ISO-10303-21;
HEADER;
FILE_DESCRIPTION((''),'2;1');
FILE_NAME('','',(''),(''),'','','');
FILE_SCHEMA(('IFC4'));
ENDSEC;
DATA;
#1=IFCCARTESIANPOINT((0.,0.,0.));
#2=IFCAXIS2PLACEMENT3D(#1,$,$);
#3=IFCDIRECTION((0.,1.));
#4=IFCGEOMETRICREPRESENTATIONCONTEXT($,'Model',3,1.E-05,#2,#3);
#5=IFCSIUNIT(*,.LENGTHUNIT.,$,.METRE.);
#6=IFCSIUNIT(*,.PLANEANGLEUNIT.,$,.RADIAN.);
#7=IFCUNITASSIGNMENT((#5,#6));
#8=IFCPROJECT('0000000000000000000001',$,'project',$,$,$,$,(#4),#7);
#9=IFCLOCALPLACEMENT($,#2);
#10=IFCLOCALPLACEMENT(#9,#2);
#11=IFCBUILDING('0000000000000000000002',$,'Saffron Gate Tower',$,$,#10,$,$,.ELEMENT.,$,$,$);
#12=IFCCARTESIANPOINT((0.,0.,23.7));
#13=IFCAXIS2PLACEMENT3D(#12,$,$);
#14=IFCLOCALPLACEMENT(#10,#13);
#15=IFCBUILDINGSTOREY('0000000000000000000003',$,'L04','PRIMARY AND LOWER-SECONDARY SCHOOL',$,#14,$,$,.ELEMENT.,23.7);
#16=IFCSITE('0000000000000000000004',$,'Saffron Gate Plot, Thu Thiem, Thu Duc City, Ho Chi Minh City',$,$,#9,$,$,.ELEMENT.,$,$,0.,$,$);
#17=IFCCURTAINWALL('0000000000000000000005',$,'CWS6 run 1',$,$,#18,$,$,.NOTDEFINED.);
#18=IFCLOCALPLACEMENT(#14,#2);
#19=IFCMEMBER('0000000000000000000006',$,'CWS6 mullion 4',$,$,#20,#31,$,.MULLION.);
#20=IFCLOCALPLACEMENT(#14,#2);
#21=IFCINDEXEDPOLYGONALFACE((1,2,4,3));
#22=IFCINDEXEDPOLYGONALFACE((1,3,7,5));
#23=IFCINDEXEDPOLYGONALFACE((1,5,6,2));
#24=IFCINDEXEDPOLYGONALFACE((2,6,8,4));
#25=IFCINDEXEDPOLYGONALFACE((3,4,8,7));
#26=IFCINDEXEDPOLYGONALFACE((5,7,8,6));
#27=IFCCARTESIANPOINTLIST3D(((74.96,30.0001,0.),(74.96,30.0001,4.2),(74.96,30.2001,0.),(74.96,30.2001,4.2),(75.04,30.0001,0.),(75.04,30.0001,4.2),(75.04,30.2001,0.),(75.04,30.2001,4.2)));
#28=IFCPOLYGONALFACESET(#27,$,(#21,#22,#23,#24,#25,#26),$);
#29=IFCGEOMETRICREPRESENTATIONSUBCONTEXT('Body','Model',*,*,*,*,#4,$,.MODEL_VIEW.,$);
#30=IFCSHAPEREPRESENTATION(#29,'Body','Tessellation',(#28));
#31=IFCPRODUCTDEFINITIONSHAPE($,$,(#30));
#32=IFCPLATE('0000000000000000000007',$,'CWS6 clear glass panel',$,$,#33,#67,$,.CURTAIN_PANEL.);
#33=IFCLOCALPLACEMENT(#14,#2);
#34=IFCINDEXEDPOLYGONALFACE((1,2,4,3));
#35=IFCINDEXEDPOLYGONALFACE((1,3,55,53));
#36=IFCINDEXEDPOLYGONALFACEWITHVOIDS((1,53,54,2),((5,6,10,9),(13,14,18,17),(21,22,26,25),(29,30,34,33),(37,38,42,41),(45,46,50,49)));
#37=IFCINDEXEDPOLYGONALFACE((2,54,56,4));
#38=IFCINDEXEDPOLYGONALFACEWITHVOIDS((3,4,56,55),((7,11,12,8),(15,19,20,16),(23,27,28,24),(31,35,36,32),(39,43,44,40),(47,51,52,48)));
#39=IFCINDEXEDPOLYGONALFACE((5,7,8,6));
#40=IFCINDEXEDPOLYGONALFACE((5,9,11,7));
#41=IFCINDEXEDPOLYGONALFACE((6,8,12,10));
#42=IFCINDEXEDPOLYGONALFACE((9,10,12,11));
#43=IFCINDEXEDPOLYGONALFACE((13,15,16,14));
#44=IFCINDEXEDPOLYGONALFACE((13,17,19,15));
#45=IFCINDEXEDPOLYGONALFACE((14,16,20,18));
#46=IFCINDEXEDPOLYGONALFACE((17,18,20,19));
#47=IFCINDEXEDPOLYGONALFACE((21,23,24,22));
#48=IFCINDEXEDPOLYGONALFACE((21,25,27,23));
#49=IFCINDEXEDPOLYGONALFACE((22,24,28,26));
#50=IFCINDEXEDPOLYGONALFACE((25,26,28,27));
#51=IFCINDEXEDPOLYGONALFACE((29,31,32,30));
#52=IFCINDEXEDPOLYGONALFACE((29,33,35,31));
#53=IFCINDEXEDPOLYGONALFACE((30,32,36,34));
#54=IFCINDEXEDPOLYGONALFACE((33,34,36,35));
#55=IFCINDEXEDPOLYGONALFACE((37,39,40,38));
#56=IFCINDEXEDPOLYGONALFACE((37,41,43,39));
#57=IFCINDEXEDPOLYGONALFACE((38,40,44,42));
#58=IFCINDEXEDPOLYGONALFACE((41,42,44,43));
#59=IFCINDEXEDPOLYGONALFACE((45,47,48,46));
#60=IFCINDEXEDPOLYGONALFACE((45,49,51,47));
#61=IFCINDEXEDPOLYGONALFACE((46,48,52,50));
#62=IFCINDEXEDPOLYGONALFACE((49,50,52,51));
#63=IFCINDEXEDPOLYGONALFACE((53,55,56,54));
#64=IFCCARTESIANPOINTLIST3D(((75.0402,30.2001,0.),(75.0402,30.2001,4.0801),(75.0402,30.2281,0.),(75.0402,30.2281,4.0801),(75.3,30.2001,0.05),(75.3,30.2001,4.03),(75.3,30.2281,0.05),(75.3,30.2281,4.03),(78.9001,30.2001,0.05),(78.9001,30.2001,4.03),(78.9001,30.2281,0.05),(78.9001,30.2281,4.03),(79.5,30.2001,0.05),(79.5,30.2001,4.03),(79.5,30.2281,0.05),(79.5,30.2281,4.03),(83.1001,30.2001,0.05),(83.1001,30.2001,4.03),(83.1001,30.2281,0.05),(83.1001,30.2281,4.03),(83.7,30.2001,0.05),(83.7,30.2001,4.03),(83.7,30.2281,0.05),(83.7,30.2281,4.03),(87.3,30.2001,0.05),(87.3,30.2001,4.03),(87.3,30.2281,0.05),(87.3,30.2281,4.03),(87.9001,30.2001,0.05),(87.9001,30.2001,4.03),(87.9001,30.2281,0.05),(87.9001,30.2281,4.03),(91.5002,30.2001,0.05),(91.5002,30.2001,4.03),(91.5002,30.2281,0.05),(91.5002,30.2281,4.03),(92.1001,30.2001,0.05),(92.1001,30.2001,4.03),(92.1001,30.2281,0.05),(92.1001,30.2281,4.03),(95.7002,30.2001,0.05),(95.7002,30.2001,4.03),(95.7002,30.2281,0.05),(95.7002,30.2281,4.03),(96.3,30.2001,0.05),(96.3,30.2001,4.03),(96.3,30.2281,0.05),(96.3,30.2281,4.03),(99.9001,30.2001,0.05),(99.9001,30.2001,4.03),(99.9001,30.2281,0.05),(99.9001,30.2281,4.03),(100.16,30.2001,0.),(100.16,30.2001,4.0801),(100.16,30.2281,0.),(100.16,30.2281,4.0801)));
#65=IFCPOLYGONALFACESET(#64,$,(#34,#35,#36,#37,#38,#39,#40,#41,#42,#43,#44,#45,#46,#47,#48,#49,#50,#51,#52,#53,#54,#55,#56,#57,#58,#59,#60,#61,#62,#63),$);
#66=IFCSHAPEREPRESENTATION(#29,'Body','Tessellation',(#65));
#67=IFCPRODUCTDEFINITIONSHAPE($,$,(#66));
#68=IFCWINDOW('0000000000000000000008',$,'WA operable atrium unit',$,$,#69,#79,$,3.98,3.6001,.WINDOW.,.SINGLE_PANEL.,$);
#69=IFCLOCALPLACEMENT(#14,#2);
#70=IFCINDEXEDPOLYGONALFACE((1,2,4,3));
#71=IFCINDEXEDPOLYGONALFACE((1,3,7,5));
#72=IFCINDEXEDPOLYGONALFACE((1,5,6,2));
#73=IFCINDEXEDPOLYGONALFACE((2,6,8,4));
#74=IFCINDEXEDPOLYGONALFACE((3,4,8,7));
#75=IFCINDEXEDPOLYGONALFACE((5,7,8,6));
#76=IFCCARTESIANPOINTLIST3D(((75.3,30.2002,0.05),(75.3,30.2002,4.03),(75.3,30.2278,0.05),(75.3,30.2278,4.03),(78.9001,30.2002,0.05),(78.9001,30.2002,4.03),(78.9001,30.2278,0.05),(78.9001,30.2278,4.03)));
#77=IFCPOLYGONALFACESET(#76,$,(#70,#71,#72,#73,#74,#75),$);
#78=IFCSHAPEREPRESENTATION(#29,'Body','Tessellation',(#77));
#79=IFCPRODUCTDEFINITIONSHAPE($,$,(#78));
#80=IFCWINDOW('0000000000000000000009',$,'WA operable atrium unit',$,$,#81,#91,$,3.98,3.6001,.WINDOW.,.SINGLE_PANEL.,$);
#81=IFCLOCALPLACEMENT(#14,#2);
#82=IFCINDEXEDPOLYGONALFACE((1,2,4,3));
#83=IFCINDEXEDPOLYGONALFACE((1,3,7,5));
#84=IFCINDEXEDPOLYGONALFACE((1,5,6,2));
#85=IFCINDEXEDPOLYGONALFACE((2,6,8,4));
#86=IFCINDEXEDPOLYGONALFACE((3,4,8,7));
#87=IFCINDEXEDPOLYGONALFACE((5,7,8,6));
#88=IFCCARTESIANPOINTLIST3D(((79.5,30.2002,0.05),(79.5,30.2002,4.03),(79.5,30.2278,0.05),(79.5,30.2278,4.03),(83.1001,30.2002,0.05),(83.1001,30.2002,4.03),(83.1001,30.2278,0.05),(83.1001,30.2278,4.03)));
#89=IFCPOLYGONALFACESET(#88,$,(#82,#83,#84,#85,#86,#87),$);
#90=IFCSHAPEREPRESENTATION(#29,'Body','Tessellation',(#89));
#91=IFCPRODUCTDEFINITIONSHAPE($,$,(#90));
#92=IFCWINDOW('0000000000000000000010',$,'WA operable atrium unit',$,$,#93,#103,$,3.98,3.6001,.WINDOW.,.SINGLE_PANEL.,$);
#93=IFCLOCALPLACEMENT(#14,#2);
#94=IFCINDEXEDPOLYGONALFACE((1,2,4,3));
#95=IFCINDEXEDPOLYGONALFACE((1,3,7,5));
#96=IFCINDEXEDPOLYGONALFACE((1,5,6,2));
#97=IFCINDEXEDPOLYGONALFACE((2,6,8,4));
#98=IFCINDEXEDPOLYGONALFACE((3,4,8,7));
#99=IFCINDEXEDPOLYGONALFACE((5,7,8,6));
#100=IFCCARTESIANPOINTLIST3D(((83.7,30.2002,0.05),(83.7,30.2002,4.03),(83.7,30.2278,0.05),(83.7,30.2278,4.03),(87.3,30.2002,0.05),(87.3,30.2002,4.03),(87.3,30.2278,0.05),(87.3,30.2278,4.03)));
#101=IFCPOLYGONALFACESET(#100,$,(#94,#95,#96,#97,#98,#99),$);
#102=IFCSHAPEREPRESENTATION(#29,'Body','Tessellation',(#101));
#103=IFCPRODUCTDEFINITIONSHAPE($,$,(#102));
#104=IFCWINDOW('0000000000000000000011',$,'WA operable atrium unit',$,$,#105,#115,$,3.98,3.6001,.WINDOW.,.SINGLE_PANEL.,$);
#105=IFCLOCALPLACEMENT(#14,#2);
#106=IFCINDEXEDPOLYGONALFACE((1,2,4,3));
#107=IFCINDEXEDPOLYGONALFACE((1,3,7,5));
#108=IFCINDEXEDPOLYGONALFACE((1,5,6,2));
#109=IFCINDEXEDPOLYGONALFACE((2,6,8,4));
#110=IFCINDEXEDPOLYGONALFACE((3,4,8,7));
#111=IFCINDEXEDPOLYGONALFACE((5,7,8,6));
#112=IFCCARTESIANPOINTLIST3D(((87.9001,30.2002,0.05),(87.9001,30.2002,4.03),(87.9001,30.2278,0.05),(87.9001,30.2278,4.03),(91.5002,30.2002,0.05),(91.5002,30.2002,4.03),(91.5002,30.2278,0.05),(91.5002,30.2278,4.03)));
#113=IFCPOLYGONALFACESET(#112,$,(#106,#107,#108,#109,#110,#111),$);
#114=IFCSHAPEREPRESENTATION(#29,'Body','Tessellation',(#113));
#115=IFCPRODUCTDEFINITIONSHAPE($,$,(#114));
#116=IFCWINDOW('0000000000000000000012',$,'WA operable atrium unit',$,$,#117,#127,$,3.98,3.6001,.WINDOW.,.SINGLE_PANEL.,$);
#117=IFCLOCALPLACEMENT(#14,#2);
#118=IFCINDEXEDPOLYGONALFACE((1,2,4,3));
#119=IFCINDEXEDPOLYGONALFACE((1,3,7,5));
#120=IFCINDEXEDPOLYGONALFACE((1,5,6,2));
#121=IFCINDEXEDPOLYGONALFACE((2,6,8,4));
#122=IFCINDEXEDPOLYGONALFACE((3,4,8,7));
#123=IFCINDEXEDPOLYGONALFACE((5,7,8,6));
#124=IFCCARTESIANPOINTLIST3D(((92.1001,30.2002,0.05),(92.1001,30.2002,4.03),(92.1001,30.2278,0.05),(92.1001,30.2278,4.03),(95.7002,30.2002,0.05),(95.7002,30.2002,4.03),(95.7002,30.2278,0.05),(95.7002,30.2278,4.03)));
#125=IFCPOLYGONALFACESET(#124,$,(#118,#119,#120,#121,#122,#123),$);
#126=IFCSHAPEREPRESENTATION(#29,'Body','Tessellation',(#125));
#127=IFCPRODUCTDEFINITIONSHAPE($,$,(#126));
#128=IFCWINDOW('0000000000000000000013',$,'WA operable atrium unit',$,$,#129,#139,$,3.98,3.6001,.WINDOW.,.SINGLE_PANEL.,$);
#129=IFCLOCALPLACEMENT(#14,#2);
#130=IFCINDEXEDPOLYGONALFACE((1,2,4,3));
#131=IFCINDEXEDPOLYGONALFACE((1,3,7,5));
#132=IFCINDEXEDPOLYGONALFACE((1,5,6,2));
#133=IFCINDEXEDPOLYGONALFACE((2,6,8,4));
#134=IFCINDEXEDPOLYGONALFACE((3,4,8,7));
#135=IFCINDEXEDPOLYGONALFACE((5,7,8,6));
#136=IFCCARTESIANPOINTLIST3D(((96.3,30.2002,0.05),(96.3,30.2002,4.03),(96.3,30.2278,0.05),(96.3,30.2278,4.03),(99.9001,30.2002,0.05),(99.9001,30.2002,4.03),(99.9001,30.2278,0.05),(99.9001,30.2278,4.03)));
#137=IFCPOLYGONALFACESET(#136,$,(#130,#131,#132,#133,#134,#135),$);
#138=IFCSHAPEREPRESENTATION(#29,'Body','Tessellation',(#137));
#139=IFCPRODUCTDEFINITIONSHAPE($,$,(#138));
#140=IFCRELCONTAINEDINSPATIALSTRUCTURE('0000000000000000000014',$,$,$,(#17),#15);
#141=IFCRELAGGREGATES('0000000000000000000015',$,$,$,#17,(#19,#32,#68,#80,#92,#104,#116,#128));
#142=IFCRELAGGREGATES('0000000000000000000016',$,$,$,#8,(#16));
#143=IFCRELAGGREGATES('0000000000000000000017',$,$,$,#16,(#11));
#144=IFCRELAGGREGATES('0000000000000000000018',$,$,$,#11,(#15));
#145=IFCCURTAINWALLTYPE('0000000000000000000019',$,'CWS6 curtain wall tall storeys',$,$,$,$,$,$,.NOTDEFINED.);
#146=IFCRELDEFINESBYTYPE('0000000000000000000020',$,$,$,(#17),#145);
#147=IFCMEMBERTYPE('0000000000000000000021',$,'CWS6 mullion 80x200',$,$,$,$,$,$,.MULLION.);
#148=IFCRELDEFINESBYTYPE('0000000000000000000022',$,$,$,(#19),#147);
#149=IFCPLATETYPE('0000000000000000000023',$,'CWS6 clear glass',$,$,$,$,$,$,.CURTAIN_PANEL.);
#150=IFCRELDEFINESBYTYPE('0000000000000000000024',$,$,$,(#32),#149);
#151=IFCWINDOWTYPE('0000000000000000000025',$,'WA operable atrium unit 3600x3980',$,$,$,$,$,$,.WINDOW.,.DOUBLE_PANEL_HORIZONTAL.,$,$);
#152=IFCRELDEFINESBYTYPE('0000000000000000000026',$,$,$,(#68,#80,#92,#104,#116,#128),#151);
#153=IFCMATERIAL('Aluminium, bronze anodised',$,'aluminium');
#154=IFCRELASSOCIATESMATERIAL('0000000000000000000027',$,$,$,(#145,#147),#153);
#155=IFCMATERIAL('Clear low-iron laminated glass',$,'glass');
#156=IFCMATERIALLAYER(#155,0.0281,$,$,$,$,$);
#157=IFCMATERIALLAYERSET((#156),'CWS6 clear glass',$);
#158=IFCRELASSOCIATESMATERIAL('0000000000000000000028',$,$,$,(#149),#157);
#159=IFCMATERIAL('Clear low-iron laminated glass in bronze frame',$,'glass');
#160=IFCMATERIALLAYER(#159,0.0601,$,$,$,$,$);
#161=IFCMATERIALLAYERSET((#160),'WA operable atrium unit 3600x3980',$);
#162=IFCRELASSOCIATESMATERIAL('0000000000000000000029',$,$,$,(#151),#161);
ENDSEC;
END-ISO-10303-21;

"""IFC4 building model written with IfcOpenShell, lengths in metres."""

from ifc_helpers import new_model, si_unit, direction, frame, frame_2d, origin, origin_2d, place, context, subcontext, project, spatial, rectangle, extrude, material, layer, layer_set, material_profile, profile_set, type_object, element, fill, aggregate, save


model = new_model("IFC4")

# Units and contexts
model_context = context("Model", 3, precision=1e-05, world=origin(), true_north=direction((0.0, 1.0)))
body_context = subcontext(model_context, "Body", "Model", "MODEL_VIEW")
ifc_project = project(units=[si_unit("LENGTHUNIT", "METRE"), si_unit("PLANEANGLEUNIT", "RADIAN")], contexts=[model_context])

# Site, building, storey
site_placement = place(None, origin())
site = spatial("IfcSite", under=ifc_project, at=site_placement, Name="Saffron Gate Plot, Thu Thiem, Thu Duc City, Ho Chi Minh City", CompositionType="ELEMENT", RefElevation=0.0)
building_placement = place(site_placement, origin())
building = spatial("IfcBuilding", under=site, at=building_placement, Name="Saffron Gate Tower", CompositionType="ELEMENT")
storey_placement = place(building_placement, frame((0.0, 0.0, 23.7)))
storey = spatial("IfcBuildingStorey", under=building, at=storey_placement, Name="L04", Description="PRIMARY AND LOWER-SECONDARY SCHOOL", CompositionType="ELEMENT", Elevation=23.7)

# Curtain wall, member, plate, openings, windows
ifc_material_1 = material(Name="Aluminium, bronze anodised", Category="aluminium")
curtain_wall_type = type_object("IfcCurtainWallType", Name="CWS6 curtain wall tall storeys", PredefinedType="NOTDEFINED", material=ifc_material_1)
curtain_wall_placement = place(storey_placement, origin())
curtain_wall = element("IfcCurtainWall", 1, at=curtain_wall_placement, inside=storey, type_object=curtain_wall_type, Name="CWS6 run 1", PredefinedType="NOTDEFINED")
ifc_material_profile_1 = material_profile(ifc_material_1, rectangle(XDim=0.2, YDim=0.0801, at=origin_2d()))
ifc_profile_set_1 = profile_set([ifc_material_profile_1], Name="Aluminium, bronze anodised")
member_type = type_object("IfcMemberType", Name="CWS6 mullion 80x200", PredefinedType="MULLION", material=ifc_profile_set_1)
member_placement = place(storey_placement, frame((75.0, 30.1001, 0.0), z_axis=(0.0, 0.0, 1.0), x_axis=(0.0, 1.0, 0.0)))
member = element("IfcMember", 2, at=member_placement, type_object=member_type, Name="CWS6 mullion 4", PredefinedType="MULLION", context=body_context, shape_type="SweptSolid", body=[
    extrude(rectangle(XDim=0.2, YDim=0.0801, at=origin_2d()), origin(), (0.0, 0.0, 1.0), 4.2),
])
ifc_material_2 = material(Name="Clear low-iron laminated glass", Category="glass")
ifc_layer_1 = layer(ifc_material_2, 0.0281)
ifc_layer_set_1 = layer_set([ifc_layer_1], Name="CWS6 clear glass")
plate_type = type_object("IfcPlateType", Name="CWS6 clear glass", PredefinedType="CURTAIN_PANEL", material=ifc_layer_set_1)
plate_placement = place(storey_placement, frame((75.04, 30.2141, 0.0), z_axis=(0.0, 0.0, 1.0), x_axis=(1.0, 0.0, 0.0)))
plate = element("IfcPlate", 3, at=plate_placement, type_object=plate_type, Name="CWS6 clear glass panel", PredefinedType="CURTAIN_PANEL", context=body_context, shape_type="SweptSolid", body=[
    extrude(rectangle(XDim=25.1199, YDim=0.0281, at=frame_2d((12.5601, 0.0))), origin(), (0.0, 0.0, 1.0), 4.0801),
])
opening_1_placement = place(plate_placement, frame((0.26, 0.0, 0.05)))
opening_1 = element("IfcOpeningElement", 4, at=opening_1_placement, cuts=plate, PredefinedType="OPENING", context=body_context, shape_type="SweptSolid", body=[
    extrude(rectangle(XDim=3.6001, YDim=3.98, at=frame_2d((1.8, 1.99))), frame((0.0, 0.0239, 0.0), z_axis=(0.0, -1.0, 0.0), x_axis=(1.0, 0.0, 0.0)), (0.0, 0.0, 1.0), 0.0481),
])
opening_2_placement = place(plate_placement, frame((4.46, 0.0, 0.05)))
opening_2 = element("IfcOpeningElement", 5, at=opening_2_placement, cuts=plate, PredefinedType="OPENING", context=body_context, shape_type="SweptSolid", body=[
    extrude(rectangle(XDim=3.6001, YDim=3.98, at=frame_2d((1.8, 1.99))), frame((0.0, 0.0239, 0.0), z_axis=(0.0, -1.0, 0.0), x_axis=(1.0, 0.0, 0.0)), (0.0, 0.0, 1.0), 0.0481),
])
opening_3_placement = place(plate_placement, frame((8.6599, 0.0, 0.05)))
opening_3 = element("IfcOpeningElement", 6, at=opening_3_placement, cuts=plate, PredefinedType="OPENING", context=body_context, shape_type="SweptSolid", body=[
    extrude(rectangle(XDim=3.6001, YDim=3.98, at=frame_2d((1.8, 1.99))), frame((0.0, 0.0239, 0.0), z_axis=(0.0, -1.0, 0.0), x_axis=(1.0, 0.0, 0.0)), (0.0, 0.0, 1.0), 0.0481),
])
opening_4_placement = place(plate_placement, frame((12.8601, 0.0, 0.05)))
opening_4 = element("IfcOpeningElement", 7, at=opening_4_placement, cuts=plate, PredefinedType="OPENING", context=body_context, shape_type="SweptSolid", body=[
    extrude(rectangle(XDim=3.6001, YDim=3.98, at=frame_2d((1.8, 1.99))), frame((0.0, 0.0239, 0.0), z_axis=(0.0, -1.0, 0.0), x_axis=(1.0, 0.0, 0.0)), (0.0, 0.0, 1.0), 0.0481),
])
opening_5_placement = place(plate_placement, frame((17.0601, 0.0, 0.05)))
opening_5 = element("IfcOpeningElement", 8, at=opening_5_placement, cuts=plate, PredefinedType="OPENING", context=body_context, shape_type="SweptSolid", body=[
    extrude(rectangle(XDim=3.6001, YDim=3.98, at=frame_2d((1.8, 1.99))), frame((0.0, 0.0239, 0.0), z_axis=(0.0, -1.0, 0.0), x_axis=(1.0, 0.0, 0.0)), (0.0, 0.0, 1.0), 0.0481),
])
opening_6_placement = place(plate_placement, frame((21.26, 0.0, 0.05)))
opening_6 = element("IfcOpeningElement", 9, at=opening_6_placement, cuts=plate, PredefinedType="OPENING", context=body_context, shape_type="SweptSolid", body=[
    extrude(rectangle(XDim=3.6001, YDim=3.98, at=frame_2d((1.8, 1.99))), frame((0.0, 0.0239, 0.0), z_axis=(0.0, -1.0, 0.0), x_axis=(1.0, 0.0, 0.0)), (0.0, 0.0, 1.0), 0.0481),
])
ifc_material_3 = material(Name="Clear low-iron laminated glass in bronze frame", Category="glass")
ifc_layer_2 = layer(ifc_material_3, 0.0601)
ifc_layer_set_2 = layer_set([ifc_layer_2], Name="WA operable atrium unit 3600x3980")
window_type = type_object("IfcWindowType", Name="WA operable atrium unit 3600x3980", PartitioningType="DOUBLE_PANEL_HORIZONTAL", PredefinedType="WINDOW", material=ifc_layer_set_2)
window_1_placement = place(opening_1_placement, origin())
window_1 = element("IfcWindow", 10, at=window_1_placement, type_object=window_type, Name="WA operable atrium unit", OverallHeight=3.98, OverallWidth=3.6001, PartitioningType="SINGLE_PANEL", PredefinedType="WINDOW", context=body_context, shape_type="SweptSolid", body=[
    extrude(rectangle(XDim=3.6001, YDim=3.98, at=frame_2d((1.8, 1.99))), frame((0.0, 0.0137, 0.0), z_axis=(0.0, -1.0, 0.0), x_axis=(1.0, 0.0, 0.0)), (0.0, 0.0, 1.0), 0.0276),
])
fill(opening_1, window_1)
window_2_placement = place(opening_2_placement, origin())
window_2 = element("IfcWindow", 11, at=window_2_placement, type_object=window_type, Name="WA operable atrium unit", OverallHeight=3.98, OverallWidth=3.6001, PartitioningType="SINGLE_PANEL", PredefinedType="WINDOW", context=body_context, shape_type="SweptSolid", body=[
    extrude(rectangle(XDim=3.6001, YDim=3.98, at=frame_2d((1.8, 1.99))), frame((0.0, 0.0137, 0.0), z_axis=(0.0, -1.0, 0.0), x_axis=(1.0, 0.0, 0.0)), (0.0, 0.0, 1.0), 0.0276),
])
fill(opening_2, window_2)
window_3_placement = place(opening_3_placement, origin())
window_3 = element("IfcWindow", 12, at=window_3_placement, type_object=window_type, Name="WA operable atrium unit", OverallHeight=3.98, OverallWidth=3.6001, PartitioningType="SINGLE_PANEL", PredefinedType="WINDOW", context=body_context, shape_type="SweptSolid", body=[
    extrude(rectangle(XDim=3.6001, YDim=3.98, at=frame_2d((1.8, 1.99))), frame((0.0, 0.0137, 0.0), z_axis=(0.0, -1.0, 0.0), x_axis=(1.0, 0.0, 0.0)), (0.0, 0.0, 1.0), 0.0276),
])
fill(opening_3, window_3)
window_4_placement = place(opening_4_placement, origin())
window_4 = element("IfcWindow", 13, at=window_4_placement, type_object=window_type, Name="WA operable atrium unit", OverallHeight=3.98, OverallWidth=3.6001, PartitioningType="SINGLE_PANEL", PredefinedType="WINDOW", context=body_context, shape_type="SweptSolid", body=[
    extrude(rectangle(XDim=3.6001, YDim=3.98, at=frame_2d((1.8, 1.99))), frame((0.0, 0.0137, 0.0), z_axis=(0.0, -1.0, 0.0), x_axis=(1.0, 0.0, 0.0)), (0.0, 0.0, 1.0), 0.0276),
])
fill(opening_4, window_4)
window_5_placement = place(opening_5_placement, origin())
window_5 = element("IfcWindow", 14, at=window_5_placement, type_object=window_type, Name="WA operable atrium unit", OverallHeight=3.98, OverallWidth=3.6001, PartitioningType="SINGLE_PANEL", PredefinedType="WINDOW", context=body_context, shape_type="SweptSolid", body=[
    extrude(rectangle(XDim=3.6001, YDim=3.98, at=frame_2d((1.8, 1.99))), frame((0.0, 0.0137, 0.0), z_axis=(0.0, -1.0, 0.0), x_axis=(1.0, 0.0, 0.0)), (0.0, 0.0, 1.0), 0.0276),
])
fill(opening_5, window_5)
window_6_placement = place(opening_6_placement, origin())
window_6 = element("IfcWindow", 15, at=window_6_placement, type_object=window_type, Name="WA operable atrium unit", OverallHeight=3.98, OverallWidth=3.6001, PartitioningType="SINGLE_PANEL", PredefinedType="WINDOW", context=body_context, shape_type="SweptSolid", body=[
    extrude(rectangle(XDim=3.6001, YDim=3.98, at=frame_2d((1.8, 1.99))), frame((0.0, 0.0137, 0.0), z_axis=(0.0, -1.0, 0.0), x_axis=(1.0, 0.0, 0.0)), (0.0, 0.0, 1.0), 0.0276),
])
fill(opening_6, window_6)
aggregate(curtain_wall, [member, plate, window_1, window_2, window_3, window_4, window_5, window_6])

save(model, "model.ifc")
